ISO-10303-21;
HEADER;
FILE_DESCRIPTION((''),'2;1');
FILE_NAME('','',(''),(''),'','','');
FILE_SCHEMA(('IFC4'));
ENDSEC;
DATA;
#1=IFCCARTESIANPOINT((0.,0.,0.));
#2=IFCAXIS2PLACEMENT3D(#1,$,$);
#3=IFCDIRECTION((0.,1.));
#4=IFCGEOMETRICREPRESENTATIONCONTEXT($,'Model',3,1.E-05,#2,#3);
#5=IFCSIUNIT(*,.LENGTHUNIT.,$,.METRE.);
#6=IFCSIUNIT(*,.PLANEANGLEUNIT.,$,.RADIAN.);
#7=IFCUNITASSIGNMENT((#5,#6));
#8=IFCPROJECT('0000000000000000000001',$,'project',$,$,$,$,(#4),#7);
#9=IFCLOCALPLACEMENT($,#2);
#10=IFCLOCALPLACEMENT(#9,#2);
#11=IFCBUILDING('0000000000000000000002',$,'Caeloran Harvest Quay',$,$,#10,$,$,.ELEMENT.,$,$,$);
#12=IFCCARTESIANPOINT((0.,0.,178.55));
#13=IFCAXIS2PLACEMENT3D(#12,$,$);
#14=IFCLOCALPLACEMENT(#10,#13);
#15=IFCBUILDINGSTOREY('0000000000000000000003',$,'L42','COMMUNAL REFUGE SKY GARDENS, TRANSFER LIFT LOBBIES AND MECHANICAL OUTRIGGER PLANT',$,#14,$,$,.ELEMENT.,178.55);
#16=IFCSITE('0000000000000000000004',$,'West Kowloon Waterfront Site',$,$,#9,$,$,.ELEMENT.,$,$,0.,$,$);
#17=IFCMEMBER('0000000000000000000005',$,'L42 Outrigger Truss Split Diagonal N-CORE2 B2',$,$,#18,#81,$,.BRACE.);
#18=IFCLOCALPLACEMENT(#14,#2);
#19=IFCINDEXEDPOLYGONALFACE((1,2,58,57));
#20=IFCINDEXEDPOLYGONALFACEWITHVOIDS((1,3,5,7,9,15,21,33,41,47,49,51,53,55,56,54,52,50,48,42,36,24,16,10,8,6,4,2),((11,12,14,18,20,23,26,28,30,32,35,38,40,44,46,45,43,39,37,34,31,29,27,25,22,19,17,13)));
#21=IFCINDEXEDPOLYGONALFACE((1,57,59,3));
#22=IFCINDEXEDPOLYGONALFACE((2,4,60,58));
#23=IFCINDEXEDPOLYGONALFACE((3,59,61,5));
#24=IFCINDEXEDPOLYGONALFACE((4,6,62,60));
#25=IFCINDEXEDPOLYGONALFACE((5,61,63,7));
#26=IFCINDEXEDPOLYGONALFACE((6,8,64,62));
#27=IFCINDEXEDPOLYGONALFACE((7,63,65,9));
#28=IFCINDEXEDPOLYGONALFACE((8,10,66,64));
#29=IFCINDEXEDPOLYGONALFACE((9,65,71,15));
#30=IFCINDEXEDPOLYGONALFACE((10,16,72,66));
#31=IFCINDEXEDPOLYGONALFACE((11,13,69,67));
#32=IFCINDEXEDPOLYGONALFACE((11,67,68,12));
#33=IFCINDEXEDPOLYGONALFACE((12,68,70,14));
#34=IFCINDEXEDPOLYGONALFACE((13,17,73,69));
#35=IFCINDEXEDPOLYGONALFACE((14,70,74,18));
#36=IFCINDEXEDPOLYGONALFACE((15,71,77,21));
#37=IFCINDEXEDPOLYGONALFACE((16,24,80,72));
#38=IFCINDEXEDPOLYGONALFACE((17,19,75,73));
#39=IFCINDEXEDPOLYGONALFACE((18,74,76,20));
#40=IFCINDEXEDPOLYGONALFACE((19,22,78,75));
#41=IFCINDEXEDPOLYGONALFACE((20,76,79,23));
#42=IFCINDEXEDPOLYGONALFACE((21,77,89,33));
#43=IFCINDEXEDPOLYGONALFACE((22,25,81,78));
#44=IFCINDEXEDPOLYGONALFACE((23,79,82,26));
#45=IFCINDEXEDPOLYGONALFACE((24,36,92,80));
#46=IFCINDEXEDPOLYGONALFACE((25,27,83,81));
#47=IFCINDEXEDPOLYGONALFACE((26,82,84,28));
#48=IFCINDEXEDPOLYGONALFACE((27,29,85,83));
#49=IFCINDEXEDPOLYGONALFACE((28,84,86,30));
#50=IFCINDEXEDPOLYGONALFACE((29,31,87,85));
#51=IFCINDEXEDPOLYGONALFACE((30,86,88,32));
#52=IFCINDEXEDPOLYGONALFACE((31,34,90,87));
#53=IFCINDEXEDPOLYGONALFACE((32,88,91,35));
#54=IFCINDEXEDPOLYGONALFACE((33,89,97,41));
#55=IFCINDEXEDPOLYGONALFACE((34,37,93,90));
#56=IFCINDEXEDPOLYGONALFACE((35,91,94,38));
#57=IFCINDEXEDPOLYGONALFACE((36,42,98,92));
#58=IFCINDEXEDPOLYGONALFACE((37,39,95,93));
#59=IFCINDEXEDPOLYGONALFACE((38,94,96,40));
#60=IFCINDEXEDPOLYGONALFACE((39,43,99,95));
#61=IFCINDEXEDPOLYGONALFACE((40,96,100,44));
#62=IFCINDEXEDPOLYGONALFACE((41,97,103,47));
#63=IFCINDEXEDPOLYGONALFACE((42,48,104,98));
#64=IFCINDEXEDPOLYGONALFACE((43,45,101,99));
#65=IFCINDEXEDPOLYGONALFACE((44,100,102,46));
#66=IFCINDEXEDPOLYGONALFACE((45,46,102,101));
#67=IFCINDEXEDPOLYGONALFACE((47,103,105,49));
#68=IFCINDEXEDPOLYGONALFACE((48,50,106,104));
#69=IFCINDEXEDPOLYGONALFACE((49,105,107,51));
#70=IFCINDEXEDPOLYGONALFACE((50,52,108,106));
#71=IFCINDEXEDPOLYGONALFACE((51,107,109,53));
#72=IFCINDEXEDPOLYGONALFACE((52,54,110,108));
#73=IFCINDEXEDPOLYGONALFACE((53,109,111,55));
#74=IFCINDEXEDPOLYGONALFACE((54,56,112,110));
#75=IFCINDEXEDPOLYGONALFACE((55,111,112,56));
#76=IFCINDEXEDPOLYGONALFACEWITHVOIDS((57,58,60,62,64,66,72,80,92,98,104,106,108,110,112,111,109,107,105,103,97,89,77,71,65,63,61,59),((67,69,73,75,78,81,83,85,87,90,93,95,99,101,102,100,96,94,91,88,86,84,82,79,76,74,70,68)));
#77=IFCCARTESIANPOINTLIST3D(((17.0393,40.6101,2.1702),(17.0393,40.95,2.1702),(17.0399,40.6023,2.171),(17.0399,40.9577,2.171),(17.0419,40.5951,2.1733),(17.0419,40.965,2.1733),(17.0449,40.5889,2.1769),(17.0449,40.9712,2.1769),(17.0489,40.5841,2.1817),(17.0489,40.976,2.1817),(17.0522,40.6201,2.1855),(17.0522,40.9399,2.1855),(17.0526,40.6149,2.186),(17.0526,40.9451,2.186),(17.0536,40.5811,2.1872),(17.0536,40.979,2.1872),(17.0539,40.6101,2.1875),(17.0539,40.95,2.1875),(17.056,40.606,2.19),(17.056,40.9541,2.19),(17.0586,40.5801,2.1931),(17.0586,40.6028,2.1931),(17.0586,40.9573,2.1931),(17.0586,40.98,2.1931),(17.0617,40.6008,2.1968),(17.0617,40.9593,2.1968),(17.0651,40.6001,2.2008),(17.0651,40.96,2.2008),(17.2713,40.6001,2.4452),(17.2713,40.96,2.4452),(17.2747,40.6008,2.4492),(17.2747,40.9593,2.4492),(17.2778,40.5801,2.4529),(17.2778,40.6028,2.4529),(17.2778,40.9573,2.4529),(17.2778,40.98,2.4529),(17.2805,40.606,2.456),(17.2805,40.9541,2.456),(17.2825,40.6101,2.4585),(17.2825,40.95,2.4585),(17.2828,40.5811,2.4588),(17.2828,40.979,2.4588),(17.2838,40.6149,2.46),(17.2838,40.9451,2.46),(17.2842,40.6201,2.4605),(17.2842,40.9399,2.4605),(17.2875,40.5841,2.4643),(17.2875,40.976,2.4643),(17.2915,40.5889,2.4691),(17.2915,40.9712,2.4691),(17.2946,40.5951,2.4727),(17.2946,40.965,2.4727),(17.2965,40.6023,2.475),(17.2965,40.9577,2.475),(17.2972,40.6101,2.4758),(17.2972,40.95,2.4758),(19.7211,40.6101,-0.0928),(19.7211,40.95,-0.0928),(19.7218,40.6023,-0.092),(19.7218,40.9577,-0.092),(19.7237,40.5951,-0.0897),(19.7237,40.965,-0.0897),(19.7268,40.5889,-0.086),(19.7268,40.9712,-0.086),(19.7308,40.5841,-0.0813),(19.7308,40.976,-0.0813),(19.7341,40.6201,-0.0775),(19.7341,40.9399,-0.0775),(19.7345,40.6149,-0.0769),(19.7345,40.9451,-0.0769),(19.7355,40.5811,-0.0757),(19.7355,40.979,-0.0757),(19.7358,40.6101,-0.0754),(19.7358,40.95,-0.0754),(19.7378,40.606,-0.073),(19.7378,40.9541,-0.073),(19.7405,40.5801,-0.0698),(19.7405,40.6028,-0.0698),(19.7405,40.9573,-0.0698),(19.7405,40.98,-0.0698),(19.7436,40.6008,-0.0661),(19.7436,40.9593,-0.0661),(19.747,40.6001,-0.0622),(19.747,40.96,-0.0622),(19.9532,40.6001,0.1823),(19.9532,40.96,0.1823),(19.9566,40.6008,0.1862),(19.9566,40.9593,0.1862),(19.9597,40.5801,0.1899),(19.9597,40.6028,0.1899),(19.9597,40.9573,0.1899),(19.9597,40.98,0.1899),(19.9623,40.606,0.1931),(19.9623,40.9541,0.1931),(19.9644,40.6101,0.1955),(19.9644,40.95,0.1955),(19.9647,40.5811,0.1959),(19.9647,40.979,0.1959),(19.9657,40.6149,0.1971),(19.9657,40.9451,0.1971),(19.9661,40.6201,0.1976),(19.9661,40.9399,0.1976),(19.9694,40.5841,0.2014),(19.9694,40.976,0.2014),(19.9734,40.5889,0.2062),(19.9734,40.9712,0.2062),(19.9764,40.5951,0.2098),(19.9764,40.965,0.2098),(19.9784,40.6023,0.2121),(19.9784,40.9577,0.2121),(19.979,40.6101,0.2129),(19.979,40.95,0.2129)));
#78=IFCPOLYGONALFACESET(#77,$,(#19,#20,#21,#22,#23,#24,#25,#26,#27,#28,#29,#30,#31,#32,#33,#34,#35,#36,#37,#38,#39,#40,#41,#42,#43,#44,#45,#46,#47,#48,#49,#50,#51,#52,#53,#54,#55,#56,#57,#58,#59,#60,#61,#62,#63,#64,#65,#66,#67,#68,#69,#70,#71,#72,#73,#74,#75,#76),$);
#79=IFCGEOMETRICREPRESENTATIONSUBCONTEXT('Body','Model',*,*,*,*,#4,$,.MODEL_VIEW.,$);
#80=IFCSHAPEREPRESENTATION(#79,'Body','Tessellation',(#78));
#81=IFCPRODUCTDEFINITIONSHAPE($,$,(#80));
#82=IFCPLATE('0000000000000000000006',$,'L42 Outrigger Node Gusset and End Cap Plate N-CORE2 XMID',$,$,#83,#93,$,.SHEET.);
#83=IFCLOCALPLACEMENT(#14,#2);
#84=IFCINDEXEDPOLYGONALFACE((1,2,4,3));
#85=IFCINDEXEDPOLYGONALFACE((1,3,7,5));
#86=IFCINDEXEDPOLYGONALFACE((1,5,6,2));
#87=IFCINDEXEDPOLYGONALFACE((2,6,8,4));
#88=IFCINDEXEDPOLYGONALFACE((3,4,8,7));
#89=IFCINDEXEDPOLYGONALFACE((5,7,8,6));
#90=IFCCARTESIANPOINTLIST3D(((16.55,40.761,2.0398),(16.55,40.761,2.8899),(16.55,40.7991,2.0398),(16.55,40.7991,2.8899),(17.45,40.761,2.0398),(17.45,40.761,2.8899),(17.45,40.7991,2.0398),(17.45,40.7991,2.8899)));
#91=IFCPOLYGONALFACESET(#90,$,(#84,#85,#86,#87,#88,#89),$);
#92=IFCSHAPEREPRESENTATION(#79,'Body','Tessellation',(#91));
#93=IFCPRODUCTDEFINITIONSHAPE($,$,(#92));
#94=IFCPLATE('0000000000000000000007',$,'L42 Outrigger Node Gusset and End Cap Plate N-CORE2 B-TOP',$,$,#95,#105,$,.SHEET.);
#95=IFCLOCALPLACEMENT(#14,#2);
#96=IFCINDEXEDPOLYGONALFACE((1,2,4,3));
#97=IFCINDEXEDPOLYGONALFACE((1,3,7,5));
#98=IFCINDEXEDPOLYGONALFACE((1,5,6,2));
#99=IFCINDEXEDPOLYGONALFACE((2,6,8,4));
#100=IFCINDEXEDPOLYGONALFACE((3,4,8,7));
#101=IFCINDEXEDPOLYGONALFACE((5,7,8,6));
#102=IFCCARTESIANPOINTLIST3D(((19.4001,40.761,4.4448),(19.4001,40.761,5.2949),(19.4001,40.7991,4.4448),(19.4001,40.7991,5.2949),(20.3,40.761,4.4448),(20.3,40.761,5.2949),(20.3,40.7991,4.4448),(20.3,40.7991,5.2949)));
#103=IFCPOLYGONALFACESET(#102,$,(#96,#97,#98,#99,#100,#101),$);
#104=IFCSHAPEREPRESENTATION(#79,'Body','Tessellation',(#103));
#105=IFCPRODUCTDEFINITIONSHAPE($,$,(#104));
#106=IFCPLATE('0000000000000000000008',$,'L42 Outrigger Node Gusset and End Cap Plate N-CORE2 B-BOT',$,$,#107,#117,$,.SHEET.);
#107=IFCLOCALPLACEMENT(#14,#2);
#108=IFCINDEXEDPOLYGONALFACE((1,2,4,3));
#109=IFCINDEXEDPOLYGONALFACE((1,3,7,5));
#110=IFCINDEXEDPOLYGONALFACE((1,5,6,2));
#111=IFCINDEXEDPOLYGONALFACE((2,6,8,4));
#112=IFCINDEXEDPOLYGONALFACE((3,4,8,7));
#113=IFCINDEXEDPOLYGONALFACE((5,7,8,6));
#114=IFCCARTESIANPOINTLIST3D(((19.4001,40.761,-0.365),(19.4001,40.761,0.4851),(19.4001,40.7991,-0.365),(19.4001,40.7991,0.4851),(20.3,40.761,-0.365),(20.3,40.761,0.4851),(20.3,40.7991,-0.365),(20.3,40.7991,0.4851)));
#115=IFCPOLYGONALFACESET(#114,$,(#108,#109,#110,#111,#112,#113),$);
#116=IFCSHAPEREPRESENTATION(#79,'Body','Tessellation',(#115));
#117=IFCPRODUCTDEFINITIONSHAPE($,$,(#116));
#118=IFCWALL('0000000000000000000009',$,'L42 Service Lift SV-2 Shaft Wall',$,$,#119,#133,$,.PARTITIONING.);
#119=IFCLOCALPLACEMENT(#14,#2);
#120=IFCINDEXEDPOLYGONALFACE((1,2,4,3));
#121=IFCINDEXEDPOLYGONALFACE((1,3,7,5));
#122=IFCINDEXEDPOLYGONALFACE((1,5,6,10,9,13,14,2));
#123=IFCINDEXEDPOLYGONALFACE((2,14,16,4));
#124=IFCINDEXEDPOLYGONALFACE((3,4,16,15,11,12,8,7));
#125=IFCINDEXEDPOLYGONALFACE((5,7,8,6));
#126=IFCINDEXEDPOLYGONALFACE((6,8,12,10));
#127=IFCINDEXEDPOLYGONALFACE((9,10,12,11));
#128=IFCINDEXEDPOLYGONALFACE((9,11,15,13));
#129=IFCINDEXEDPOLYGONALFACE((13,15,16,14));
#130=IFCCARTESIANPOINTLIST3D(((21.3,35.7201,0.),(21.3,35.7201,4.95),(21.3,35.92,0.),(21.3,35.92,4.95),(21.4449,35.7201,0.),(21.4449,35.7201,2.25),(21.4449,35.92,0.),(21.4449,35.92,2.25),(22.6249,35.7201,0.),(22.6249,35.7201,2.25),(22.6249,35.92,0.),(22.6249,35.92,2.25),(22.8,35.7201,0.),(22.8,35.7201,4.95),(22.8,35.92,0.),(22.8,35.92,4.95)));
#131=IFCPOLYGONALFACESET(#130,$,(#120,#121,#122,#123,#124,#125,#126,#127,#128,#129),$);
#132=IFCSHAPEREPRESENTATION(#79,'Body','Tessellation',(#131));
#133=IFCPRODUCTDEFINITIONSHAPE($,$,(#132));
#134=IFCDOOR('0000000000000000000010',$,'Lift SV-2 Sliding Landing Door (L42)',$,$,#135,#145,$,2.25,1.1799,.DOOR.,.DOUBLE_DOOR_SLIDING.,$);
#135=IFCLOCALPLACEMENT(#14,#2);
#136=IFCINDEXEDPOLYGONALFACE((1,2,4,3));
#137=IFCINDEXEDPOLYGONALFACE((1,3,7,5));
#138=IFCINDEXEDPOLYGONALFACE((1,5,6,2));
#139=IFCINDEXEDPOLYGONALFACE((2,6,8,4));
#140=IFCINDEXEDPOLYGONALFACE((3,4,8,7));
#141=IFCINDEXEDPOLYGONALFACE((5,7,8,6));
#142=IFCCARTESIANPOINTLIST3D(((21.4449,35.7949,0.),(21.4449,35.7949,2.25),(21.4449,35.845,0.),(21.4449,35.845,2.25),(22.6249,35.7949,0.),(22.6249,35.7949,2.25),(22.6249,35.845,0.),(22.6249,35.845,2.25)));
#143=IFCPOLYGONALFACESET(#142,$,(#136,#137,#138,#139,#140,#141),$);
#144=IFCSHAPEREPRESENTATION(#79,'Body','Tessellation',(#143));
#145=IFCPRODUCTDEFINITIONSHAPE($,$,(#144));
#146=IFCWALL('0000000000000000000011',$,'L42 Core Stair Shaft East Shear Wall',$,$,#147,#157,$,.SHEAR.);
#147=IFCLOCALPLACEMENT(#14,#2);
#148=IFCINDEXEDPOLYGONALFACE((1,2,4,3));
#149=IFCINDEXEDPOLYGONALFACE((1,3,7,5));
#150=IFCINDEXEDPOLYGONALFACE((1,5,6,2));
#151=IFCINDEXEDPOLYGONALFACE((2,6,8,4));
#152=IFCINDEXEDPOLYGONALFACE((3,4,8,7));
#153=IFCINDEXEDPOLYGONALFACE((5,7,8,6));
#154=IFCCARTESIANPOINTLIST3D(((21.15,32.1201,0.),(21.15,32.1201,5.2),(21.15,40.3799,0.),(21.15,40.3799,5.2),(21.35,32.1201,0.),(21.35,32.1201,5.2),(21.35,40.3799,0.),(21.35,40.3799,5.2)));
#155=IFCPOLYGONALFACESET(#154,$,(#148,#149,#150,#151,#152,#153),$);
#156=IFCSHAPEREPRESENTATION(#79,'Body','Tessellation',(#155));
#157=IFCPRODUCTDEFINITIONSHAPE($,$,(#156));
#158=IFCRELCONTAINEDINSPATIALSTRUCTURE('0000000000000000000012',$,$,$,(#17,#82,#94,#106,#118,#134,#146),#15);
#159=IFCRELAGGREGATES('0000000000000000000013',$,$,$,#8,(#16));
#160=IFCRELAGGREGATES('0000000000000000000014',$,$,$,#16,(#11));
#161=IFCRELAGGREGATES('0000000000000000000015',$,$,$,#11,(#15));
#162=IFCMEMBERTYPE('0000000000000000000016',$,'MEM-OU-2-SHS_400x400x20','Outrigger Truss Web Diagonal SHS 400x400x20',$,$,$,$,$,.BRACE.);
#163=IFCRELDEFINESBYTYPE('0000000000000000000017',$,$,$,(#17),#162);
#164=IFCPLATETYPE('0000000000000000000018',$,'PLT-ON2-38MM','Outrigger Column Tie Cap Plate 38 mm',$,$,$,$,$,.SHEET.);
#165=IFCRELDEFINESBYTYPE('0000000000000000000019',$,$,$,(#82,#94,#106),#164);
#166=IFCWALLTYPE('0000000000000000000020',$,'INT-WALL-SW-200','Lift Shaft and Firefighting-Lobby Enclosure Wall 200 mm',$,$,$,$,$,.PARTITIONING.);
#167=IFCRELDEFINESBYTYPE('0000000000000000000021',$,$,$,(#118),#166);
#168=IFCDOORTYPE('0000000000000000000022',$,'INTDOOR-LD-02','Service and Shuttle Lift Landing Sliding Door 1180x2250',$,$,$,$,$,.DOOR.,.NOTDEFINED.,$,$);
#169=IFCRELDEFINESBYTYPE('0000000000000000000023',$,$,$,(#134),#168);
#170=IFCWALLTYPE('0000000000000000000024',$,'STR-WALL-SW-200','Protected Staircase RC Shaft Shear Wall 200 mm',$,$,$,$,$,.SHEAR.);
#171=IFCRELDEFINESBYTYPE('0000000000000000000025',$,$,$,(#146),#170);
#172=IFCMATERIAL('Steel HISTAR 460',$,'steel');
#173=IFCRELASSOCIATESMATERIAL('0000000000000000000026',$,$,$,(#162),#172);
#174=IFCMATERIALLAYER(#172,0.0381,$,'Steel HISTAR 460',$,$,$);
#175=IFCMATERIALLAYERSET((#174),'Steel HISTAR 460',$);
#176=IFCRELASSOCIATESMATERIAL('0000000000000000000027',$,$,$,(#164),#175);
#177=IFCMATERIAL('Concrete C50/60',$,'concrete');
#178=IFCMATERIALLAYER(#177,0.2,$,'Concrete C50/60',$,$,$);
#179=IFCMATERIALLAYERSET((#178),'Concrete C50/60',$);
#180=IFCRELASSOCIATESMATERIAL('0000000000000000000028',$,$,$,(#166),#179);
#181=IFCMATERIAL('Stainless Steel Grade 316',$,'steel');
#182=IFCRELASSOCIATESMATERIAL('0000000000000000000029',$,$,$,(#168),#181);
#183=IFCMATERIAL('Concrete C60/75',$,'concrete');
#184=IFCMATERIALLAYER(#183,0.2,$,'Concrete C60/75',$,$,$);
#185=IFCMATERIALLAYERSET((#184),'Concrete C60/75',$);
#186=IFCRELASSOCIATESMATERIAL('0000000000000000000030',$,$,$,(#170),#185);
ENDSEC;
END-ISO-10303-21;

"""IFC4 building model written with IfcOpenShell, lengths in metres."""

from ifc_helpers import new_model, si_unit, direction, frame, frame_2d, origin, origin_2d, place, context, subcontext, project, spatial, rectangle, hollow_rectangle, extrude, material, layer, layer_set, material_profile, profile_set, type_object, element, fill, save


model = new_model("IFC4")

# Units and contexts
model_context = context("Model", 3, precision=1e-05, world=origin(), true_north=direction((0.0, 1.0)))
body_context = subcontext(model_context, "Body", "Model", "MODEL_VIEW")
ifc_project = project(units=[si_unit("LENGTHUNIT", "METRE"), si_unit("PLANEANGLEUNIT", "RADIAN")], contexts=[model_context])

# Site, building, storey
site_placement = place(None, origin())
site = spatial("IfcSite", under=ifc_project, at=site_placement, Name="West Kowloon Waterfront Site", CompositionType="ELEMENT", RefElevation=0.0)
building_placement = place(site_placement, origin())
building = spatial("IfcBuilding", under=site, at=building_placement, Name="Caeloran Harvest Quay", CompositionType="ELEMENT")
storey_placement = place(building_placement, frame((0.0, 0.0, 178.55)))
storey = spatial("IfcBuildingStorey", under=building, at=storey_placement, Name="L42", Description="COMMUNAL REFUGE SKY GARDENS, TRANSFER LIFT LOBBIES AND MECHANICAL OUTRIGGER PLANT", CompositionType="ELEMENT", Elevation=178.55)

# Member
ifc_material_1 = material(Name="Steel HISTAR 460", Category="steel")
ifc_material_profile = material_profile(ifc_material_1, hollow_rectangle(XDim=0.3999, YDim=0.3999, WallThickness=0.02, InnerFilletRadius=0.02, OuterFilletRadius=0.03, at=origin_2d()), Name="SHS 400x400x20")
ifc_profile_set = profile_set([ifc_material_profile], Name="Steel HISTAR 460")
member_type = type_object("IfcMemberType", Name="MEM-OU-2-SHS_400x400x20", Description="Outrigger Truss Web Diagonal SHS 400x400x20", PredefinedType="BRACE", material=ifc_profile_set)
member_placement = place(storey_placement, frame((17.1682, 40.78, 2.323), z_axis=(0.764278, 0.0, -0.644887), x_axis=(0.0, 1.0, 0.0)))
element("IfcMember", 1, at=member_placement, inside=storey, type_object=member_type, Name="L42 Outrigger Truss Split Diagonal N-CORE2 B2", PredefinedType="BRACE", context=body_context, shape_type="SweptSolid", body=[
    extrude(hollow_rectangle(XDim=0.3999, YDim=0.3999, WallThickness=0.02, InnerFilletRadius=0.02, OuterFilletRadius=0.03, at=origin_2d()), origin(), (0.0, 0.0, 1.0), 3.509),
])

# Plates
ifc_layer_1 = layer(ifc_material_1, 0.0381, Name="Steel HISTAR 460")
ifc_layer_set_1 = layer_set([ifc_layer_1], Name="Steel HISTAR 460")
plate_type = type_object("IfcPlateType", Name="PLT-ON2-38MM", Description="Outrigger Column Tie Cap Plate 38 mm", PredefinedType="SHEET", material=ifc_layer_set_1)
for number, where, z_axis, x_axis, name in (
    (2, (17.0, 40.78, 2.0398), (0.0, 0.0, 1.0), (1.0, 0.0, 0.0), "L42 Outrigger Node Gusset and End Cap Plate N-CORE2 XMID"),
    (3, (19.8501, 40.78, 4.4448), (0.0, 0.0, 1.0), (1.0, 0.0, 0.0), "L42 Outrigger Node Gusset and End Cap Plate N-CORE2 B-TOP"),
    (4, (19.8501, 40.78, -0.365), (0.0, 0.0, 1.0), (1.0, 0.0, 0.0), "L42 Outrigger Node Gusset and End Cap Plate N-CORE2 B-BOT"),
):
    element("IfcPlate", number, at=place(storey_placement, frame(where, z_axis=z_axis, x_axis=x_axis)), inside=storey, type_object=plate_type, Name=name, PredefinedType="SHEET", context=body_context, shape_type="SweptSolid", body=[
        extrude(rectangle(XDim=0.8999, YDim=0.0381, at=origin_2d()), origin(), (0.0, 0.0, 1.0), 0.8501),
    ])

# Wall, opening, door
ifc_material_2 = material(Name="Concrete C50/60", Category="concrete")
ifc_layer_2 = layer(ifc_material_2, 0.2, Name="Concrete C50/60")
ifc_layer_set_2 = layer_set([ifc_layer_2], Name="Concrete C50/60")
wall_type_1 = type_object("IfcWallType", Name="INT-WALL-SW-200", Description="Lift Shaft and Firefighting-Lobby Enclosure Wall 200 mm", PredefinedType="PARTITIONING", material=ifc_layer_set_2)
wall_1_placement = place(storey_placement, frame((21.3, 35.8201, 0.0), z_axis=(0.0, 0.0, 1.0), x_axis=(1.0, 0.0, 0.0)))
wall_1 = element("IfcWall", 5, at=wall_1_placement, inside=storey, type_object=wall_type_1, Name="L42 Service Lift SV-2 Shaft Wall", PredefinedType="PARTITIONING", context=body_context, shape_type="SweptSolid", body=[
    extrude(rectangle(XDim=1.5, YDim=0.2, at=frame_2d((0.75, 0.0))), origin(), (0.0, 0.0, 1.0), 4.95),
])
opening_placement = place(wall_1_placement, frame((0.145, 0.0, 0.0)))
opening = element("IfcOpeningElement", 6, at=opening_placement, cuts=wall_1, PredefinedType="OPENING", context=body_context, shape_type="SweptSolid", body=[
    extrude(rectangle(XDim=1.1799, YDim=2.25, at=frame_2d((0.5898, 1.125))), frame((0.0, 0.1099, 0.0), z_axis=(0.0, -1.0, 0.0), x_axis=(1.0, 0.0, 0.0)), (0.0, 0.0, 1.0), 0.22),
])
ifc_material_3 = material(Name="Stainless Steel Grade 316", Category="steel")
door_type = type_object("IfcDoorType", Name="INTDOOR-LD-02", Description="Service and Shuttle Lift Landing Sliding Door 1180x2250", OperationType="NOTDEFINED", PredefinedType="DOOR", material=ifc_material_3)
door_placement = place(opening_placement, origin())
door = element("IfcDoor", 7, at=door_placement, inside=storey, type_object=door_type, Name="Lift SV-2 Sliding Landing Door (L42)", OperationType="DOUBLE_DOOR_SLIDING", OverallHeight=2.25, OverallWidth=1.1799, PredefinedType="DOOR", context=body_context, shape_type="SweptSolid", body=[
    extrude(rectangle(XDim=1.1799, YDim=2.25, at=frame_2d((0.5898, 1.125))), frame((0.0, 0.0249, 0.0), z_axis=(0.0, -1.0, 0.0), x_axis=(1.0, 0.0, 0.0)), (0.0, 0.0, 1.0), 0.05),
])
fill(opening, door)

# Wall
ifc_material_4 = material(Name="Concrete C60/75", Category="concrete")
ifc_layer_3 = layer(ifc_material_4, 0.2, Name="Concrete C60/75")
ifc_layer_set_3 = layer_set([ifc_layer_3], Name="Concrete C60/75")
wall_type_2 = type_object("IfcWallType", Name="STR-WALL-SW-200", Description="Protected Staircase RC Shaft Shear Wall 200 mm", PredefinedType="SHEAR", material=ifc_layer_set_3)
wall_2_placement = place(storey_placement, frame((21.25, 32.1201, 0.0), z_axis=(0.0, 0.0, 1.0), x_axis=(0.0, 1.0, 0.0)))
element("IfcWall", 8, at=wall_2_placement, inside=storey, type_object=wall_type_2, Name="L42 Core Stair Shaft East Shear Wall", PredefinedType="SHEAR", context=body_context, shape_type="SweptSolid", body=[
    extrude(rectangle(XDim=8.2598, YDim=0.2, at=frame_2d((4.1299, 0.0))), origin(), (0.0, 0.0, 1.0), 5.2),
])

save(model, "model.ifc")
